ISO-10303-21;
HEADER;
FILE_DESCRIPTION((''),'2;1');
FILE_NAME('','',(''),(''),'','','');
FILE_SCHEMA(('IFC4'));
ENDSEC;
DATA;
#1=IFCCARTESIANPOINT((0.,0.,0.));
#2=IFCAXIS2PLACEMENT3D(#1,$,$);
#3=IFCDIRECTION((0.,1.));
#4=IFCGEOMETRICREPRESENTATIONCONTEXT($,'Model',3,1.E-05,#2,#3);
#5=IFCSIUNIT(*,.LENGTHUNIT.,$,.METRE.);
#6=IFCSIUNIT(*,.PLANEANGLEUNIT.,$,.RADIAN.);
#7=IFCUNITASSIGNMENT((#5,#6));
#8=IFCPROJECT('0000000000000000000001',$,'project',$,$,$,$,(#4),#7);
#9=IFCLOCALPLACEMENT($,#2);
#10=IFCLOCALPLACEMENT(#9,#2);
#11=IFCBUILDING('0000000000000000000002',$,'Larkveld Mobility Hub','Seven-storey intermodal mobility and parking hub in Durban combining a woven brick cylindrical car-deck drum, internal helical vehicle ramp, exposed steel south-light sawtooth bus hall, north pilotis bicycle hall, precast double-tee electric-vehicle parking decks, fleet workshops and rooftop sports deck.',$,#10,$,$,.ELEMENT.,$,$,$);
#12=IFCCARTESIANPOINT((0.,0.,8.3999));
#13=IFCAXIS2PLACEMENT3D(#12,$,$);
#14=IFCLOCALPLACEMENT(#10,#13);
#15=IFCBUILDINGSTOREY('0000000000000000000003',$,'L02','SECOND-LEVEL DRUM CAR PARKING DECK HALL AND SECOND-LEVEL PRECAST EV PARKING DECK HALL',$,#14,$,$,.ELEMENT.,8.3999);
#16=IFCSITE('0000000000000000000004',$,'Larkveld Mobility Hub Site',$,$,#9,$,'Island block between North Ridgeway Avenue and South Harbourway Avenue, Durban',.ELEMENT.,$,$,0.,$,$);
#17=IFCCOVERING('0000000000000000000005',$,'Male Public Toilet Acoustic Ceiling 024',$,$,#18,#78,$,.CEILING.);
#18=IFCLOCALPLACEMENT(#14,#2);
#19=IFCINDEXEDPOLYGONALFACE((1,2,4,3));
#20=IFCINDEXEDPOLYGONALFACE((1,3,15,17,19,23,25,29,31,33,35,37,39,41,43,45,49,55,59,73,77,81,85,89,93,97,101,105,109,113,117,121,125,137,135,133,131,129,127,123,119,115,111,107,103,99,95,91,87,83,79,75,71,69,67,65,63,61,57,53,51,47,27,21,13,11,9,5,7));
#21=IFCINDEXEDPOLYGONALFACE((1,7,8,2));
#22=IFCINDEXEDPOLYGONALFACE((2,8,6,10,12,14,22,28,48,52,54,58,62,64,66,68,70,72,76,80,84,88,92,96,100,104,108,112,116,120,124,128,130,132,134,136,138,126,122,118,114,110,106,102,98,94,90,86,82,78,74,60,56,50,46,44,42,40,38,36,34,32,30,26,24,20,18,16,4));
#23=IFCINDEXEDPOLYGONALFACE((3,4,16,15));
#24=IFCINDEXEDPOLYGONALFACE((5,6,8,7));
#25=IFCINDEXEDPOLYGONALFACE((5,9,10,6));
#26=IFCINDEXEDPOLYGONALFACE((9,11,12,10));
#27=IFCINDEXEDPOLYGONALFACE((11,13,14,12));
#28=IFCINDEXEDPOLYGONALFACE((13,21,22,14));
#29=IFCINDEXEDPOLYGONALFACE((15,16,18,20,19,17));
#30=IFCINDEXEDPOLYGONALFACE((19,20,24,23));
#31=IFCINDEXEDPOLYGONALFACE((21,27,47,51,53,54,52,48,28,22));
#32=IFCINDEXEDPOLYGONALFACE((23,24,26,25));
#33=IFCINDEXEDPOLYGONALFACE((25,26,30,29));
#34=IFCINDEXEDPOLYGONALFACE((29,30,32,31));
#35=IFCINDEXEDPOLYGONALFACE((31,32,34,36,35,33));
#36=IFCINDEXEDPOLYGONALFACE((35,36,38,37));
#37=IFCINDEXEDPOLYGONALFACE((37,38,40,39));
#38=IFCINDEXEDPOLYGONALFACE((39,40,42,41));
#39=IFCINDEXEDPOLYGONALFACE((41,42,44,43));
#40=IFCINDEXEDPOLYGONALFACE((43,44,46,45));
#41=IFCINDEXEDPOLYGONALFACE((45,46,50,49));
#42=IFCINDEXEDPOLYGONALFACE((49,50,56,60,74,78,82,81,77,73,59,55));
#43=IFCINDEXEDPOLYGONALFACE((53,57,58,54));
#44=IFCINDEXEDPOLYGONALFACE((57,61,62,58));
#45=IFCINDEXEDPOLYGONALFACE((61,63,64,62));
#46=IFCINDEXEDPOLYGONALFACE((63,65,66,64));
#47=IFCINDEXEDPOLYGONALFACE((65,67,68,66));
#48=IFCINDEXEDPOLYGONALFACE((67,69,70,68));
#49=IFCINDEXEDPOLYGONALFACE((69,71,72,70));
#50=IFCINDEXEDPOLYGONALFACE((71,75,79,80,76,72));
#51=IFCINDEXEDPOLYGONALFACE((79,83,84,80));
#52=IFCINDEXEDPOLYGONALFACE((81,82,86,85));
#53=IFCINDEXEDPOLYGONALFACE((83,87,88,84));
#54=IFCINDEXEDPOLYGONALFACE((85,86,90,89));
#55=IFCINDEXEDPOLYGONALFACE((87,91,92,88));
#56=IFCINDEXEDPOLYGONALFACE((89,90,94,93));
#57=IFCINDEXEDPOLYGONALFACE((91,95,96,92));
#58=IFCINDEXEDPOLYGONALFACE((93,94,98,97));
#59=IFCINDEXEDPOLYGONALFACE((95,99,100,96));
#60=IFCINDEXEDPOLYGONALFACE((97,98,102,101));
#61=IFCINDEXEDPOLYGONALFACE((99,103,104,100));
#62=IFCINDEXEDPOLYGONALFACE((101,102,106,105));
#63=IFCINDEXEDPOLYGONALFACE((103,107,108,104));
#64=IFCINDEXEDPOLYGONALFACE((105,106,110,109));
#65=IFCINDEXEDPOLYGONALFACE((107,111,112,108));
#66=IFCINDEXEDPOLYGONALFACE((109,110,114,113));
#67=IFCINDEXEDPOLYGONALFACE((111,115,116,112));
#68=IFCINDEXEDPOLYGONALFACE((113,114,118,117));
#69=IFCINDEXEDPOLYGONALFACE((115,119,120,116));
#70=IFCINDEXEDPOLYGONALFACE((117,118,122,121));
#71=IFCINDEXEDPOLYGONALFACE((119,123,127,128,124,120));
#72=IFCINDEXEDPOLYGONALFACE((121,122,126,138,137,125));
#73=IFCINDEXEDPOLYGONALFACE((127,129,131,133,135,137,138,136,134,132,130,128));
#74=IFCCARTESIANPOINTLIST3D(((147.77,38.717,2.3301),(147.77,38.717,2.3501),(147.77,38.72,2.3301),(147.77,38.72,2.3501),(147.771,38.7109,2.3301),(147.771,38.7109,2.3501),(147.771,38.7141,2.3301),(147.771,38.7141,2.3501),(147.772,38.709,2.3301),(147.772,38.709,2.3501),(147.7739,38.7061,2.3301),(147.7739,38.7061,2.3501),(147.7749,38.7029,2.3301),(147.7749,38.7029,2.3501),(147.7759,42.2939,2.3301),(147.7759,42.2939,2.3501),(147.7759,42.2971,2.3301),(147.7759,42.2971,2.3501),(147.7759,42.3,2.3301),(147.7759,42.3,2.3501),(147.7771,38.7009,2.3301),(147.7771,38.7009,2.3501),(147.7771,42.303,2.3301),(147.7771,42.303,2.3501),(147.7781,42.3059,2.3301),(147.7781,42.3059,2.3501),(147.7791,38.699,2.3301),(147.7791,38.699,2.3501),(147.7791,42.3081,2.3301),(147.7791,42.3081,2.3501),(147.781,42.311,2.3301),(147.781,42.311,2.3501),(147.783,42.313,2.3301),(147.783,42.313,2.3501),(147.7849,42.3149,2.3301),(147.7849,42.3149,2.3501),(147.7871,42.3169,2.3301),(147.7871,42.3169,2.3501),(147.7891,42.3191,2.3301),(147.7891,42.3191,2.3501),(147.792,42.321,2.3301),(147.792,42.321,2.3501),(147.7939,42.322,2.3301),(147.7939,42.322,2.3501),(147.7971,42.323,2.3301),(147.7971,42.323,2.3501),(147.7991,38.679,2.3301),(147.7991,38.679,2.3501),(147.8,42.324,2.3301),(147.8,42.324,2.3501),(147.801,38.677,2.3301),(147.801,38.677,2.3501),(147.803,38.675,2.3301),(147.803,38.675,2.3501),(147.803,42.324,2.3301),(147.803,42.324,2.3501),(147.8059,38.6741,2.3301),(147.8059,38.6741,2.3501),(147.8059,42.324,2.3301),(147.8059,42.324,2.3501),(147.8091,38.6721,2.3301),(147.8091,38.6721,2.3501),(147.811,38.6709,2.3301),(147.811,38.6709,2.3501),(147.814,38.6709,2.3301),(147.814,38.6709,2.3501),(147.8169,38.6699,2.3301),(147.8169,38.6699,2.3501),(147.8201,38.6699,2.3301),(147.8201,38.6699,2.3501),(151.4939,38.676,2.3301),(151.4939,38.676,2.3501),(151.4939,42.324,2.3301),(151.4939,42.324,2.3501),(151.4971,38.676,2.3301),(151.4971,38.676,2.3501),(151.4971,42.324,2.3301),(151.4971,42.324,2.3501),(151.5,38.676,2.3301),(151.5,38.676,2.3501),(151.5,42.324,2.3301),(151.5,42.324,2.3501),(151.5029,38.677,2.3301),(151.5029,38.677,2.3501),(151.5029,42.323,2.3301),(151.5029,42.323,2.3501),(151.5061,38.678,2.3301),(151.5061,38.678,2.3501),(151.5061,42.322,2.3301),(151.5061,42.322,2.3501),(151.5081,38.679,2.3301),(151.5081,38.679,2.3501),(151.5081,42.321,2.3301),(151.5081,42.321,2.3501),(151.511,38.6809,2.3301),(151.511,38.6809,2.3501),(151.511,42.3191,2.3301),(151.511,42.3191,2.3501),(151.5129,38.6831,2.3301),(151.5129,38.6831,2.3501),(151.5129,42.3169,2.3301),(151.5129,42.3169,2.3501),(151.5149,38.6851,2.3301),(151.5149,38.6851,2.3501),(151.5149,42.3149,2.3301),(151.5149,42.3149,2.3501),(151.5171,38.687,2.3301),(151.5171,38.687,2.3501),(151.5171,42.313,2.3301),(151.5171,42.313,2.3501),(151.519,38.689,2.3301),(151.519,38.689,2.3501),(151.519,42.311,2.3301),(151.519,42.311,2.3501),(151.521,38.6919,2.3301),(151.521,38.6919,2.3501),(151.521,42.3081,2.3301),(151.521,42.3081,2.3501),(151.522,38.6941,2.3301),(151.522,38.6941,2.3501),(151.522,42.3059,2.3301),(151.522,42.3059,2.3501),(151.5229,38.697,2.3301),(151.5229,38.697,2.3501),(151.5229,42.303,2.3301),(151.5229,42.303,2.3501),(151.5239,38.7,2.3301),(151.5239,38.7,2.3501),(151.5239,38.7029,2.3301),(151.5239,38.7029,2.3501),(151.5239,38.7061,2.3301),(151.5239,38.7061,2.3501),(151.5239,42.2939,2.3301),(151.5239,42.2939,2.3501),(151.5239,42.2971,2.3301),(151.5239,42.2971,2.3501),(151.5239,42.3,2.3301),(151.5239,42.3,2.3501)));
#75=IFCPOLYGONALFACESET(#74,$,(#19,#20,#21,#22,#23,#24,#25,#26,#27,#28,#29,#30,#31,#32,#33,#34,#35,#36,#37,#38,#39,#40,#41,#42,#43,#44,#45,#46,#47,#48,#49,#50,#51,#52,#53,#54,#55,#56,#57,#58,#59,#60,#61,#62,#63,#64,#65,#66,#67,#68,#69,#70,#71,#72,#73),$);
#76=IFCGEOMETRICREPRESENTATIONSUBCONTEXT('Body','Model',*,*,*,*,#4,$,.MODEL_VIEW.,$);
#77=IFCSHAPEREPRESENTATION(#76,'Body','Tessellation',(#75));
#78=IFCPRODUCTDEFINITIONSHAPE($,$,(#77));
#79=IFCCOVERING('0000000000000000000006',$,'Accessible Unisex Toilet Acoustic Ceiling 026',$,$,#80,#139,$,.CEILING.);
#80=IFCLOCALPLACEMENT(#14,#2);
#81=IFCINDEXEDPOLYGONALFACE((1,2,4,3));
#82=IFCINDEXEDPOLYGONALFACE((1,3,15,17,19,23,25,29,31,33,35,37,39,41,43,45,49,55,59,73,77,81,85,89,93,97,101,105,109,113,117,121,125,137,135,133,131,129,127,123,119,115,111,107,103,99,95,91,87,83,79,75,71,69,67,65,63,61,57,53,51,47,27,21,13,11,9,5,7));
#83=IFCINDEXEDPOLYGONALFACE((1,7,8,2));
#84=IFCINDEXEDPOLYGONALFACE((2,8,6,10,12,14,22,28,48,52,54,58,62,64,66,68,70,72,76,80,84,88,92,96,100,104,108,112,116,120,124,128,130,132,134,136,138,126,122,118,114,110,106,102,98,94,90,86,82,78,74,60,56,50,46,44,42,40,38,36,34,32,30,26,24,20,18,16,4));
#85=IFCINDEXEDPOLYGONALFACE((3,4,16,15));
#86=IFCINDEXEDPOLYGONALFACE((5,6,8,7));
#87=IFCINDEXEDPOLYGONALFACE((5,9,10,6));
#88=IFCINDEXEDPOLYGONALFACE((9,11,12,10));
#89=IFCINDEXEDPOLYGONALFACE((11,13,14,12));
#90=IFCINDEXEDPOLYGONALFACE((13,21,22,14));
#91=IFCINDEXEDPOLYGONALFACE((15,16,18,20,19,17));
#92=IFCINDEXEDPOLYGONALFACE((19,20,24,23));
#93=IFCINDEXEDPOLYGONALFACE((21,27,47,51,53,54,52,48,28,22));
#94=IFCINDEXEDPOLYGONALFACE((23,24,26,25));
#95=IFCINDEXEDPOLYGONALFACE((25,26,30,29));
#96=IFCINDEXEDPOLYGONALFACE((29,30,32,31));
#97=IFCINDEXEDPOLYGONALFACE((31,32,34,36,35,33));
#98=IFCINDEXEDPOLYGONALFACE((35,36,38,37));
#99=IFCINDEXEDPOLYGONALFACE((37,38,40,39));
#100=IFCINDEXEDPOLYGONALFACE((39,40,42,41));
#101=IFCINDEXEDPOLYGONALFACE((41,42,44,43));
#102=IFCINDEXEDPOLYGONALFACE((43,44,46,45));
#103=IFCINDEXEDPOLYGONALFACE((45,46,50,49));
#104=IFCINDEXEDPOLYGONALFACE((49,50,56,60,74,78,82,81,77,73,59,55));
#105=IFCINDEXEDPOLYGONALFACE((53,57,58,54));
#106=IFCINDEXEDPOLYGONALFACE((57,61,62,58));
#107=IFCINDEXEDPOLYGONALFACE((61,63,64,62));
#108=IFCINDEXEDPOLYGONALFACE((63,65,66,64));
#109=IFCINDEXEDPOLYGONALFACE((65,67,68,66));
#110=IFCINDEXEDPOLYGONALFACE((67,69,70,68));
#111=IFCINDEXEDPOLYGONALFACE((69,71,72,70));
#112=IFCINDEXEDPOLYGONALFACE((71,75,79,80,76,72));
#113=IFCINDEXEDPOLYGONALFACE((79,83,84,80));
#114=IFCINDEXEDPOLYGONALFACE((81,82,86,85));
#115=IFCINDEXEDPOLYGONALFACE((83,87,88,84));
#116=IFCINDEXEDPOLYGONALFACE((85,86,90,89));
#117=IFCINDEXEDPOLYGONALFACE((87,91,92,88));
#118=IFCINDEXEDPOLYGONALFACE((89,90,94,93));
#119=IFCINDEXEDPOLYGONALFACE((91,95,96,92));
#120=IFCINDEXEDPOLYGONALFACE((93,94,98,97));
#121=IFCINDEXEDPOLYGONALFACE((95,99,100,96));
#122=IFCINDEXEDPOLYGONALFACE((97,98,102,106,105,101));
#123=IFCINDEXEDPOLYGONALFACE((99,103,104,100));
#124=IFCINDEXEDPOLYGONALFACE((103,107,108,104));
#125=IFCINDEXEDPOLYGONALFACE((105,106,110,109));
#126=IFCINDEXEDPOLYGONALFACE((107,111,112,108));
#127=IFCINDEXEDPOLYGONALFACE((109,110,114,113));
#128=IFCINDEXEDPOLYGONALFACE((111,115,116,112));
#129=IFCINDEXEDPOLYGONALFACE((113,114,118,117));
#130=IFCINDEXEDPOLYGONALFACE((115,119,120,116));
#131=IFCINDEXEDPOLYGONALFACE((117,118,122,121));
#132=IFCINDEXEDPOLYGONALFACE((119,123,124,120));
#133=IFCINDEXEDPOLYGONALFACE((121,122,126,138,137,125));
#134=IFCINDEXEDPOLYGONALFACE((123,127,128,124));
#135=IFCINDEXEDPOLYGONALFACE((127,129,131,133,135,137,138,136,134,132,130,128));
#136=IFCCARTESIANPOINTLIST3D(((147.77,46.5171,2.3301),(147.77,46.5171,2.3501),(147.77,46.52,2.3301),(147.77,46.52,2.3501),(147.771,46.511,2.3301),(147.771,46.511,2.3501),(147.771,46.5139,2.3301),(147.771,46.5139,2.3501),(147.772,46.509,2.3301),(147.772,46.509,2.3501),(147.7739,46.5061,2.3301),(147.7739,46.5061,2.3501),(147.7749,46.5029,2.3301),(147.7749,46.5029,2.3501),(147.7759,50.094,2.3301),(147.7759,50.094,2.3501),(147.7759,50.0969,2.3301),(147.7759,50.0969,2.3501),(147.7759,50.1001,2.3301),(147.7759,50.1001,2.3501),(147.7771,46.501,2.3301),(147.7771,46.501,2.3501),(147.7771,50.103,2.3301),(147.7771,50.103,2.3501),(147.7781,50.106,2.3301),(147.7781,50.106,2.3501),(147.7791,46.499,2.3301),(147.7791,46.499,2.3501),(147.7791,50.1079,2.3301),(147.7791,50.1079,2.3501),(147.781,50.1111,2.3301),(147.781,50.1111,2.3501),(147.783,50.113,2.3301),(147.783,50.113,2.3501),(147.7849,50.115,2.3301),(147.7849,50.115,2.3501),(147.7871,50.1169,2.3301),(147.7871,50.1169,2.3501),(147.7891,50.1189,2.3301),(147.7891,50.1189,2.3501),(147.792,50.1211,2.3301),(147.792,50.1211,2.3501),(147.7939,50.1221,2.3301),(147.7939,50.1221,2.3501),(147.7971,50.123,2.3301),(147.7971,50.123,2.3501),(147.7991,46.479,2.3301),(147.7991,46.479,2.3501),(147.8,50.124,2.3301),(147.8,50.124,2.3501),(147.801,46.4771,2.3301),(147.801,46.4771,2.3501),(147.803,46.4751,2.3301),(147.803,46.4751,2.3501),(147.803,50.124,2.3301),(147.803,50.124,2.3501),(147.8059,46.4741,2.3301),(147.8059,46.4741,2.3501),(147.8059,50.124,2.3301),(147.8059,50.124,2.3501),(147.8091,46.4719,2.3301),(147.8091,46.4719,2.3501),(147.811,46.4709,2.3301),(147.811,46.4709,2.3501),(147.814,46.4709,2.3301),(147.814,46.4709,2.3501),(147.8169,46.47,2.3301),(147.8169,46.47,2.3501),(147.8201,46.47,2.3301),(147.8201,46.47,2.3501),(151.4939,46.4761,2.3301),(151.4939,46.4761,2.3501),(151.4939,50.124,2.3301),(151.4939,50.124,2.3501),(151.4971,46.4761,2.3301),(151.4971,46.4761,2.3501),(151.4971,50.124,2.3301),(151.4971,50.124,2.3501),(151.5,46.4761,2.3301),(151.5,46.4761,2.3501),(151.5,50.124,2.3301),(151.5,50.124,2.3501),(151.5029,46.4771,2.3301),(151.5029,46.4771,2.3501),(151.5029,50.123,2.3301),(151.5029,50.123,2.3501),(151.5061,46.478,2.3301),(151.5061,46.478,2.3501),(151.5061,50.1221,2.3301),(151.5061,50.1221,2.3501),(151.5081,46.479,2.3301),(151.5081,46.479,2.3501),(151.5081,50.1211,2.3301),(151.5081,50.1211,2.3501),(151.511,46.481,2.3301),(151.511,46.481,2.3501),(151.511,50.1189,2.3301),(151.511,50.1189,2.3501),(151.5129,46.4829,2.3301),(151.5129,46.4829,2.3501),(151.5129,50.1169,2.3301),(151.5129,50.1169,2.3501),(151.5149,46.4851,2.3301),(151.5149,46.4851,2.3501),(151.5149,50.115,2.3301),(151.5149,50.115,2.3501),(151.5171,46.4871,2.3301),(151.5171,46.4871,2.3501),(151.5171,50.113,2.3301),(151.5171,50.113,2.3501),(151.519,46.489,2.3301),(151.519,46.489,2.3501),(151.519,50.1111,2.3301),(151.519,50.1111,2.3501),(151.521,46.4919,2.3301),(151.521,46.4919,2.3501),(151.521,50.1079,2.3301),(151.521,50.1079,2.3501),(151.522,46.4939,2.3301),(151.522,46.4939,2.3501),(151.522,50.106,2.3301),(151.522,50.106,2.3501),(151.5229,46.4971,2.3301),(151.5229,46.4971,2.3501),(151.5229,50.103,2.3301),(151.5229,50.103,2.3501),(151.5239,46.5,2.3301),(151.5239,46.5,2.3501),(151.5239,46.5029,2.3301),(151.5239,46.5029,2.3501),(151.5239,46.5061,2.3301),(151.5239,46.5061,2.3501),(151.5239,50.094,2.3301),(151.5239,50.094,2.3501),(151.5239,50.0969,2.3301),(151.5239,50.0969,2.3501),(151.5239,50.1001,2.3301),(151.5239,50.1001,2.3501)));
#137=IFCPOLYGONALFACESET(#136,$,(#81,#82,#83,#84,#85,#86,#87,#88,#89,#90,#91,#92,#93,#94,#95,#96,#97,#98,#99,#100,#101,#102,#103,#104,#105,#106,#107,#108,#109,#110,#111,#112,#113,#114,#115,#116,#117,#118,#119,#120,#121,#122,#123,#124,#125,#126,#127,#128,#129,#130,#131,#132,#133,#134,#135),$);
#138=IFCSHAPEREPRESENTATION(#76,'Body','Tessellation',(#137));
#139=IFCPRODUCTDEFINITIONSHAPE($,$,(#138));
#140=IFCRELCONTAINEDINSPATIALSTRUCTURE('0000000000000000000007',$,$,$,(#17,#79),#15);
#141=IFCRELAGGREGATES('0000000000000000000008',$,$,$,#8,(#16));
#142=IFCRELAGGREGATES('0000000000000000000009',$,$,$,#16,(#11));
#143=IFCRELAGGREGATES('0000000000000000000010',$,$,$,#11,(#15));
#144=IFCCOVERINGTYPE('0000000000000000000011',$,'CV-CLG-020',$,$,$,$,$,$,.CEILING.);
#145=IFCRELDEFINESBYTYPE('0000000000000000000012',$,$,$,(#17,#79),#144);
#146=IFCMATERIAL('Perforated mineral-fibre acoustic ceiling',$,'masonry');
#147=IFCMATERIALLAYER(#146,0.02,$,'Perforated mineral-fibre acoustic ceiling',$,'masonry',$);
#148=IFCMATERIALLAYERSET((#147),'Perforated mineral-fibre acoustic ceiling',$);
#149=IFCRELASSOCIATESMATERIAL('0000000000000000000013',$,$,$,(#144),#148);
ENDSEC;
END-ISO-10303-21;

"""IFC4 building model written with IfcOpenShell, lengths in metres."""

from ifc_helpers import new_model, si_unit, direction, frame, origin, place, context, subcontext, project, spatial, polyline, outline, extrude, material, layer, layer_set, type_object, element, save


model = new_model("IFC4")

# Units and contexts
model_context = context("Model", 3, precision=1e-05, world=origin(), true_north=direction((0.0, 1.0)))
body_context = subcontext(model_context, "Body", "Model", "MODEL_VIEW")
ifc_project = project(units=[si_unit("LENGTHUNIT", "METRE"), si_unit("PLANEANGLEUNIT", "RADIAN")], contexts=[model_context])

# Site, building, storey
site_placement = place(None, origin())
site = spatial("IfcSite", under=ifc_project, at=site_placement, Name="Larkveld Mobility Hub Site", LongName="Island block between North Ridgeway Avenue and South Harbourway Avenue, Durban", CompositionType="ELEMENT", RefElevation=0.0)
building_placement = place(site_placement, origin())
building = spatial("IfcBuilding", under=site, at=building_placement, Name="Larkveld Mobility Hub", Description="Seven-storey intermodal mobility and parking hub in Durban combining a woven brick cylindrical car-deck drum, internal helical vehicle ramp, exposed steel south-light sawtooth bus hall, north pilotis bicycle hall, precast double-tee electric-vehicle parking decks, fleet workshops and rooftop sports deck.", CompositionType="ELEMENT")
storey_placement = place(building_placement, frame((0.0, 0.0, 8.3999)))
storey = spatial("IfcBuildingStorey", under=building, at=storey_placement, Name="L02", Description="SECOND-LEVEL DRUM CAR PARKING DECK HALL AND SECOND-LEVEL PRECAST EV PARKING DECK HALL", CompositionType="ELEMENT", Elevation=8.3999)

# Coverings
ifc_material_1 = material(Name="Perforated mineral-fibre acoustic ceiling", Category="masonry")
ifc_layer_1 = layer(ifc_material_1, 0.02, Name="Perforated mineral-fibre acoustic ceiling", Category="masonry")
ifc_layer_set_1 = layer_set([ifc_layer_1], Name="Perforated mineral-fibre acoustic ceiling")
covering_type_1 = type_object("IfcCoveringType", Name="CV-CLG-020", PredefinedType="CEILING", material=ifc_layer_set_1)
covering_1_placement = place(storey_placement, frame((0.0, 0.0, 2.3301)))
element("IfcCovering", 1, at=covering_1_placement, inside=storey, type_object=covering_type_1, Name="Male Public Toilet Acoustic Ceiling 024", PredefinedType="CEILING", context=body_context, shape_type="SweptSolid", body=[
    extrude(outline(polyline([(147.8201, 38.6699), (147.8169, 38.6699), (147.814, 38.6709), (147.811, 38.6709), (147.8091, 38.6721), (147.8059, 38.6741), (147.803, 38.675), (147.801, 38.677), (147.7991, 38.679), (147.7791, 38.699), (147.7771, 38.7009), (147.7749, 38.7029), (147.7739, 38.7061), (147.772, 38.709), (147.771, 38.7109), (147.771, 38.7141), (147.77, 38.717), (147.77, 38.72), (147.7759, 42.2939), (147.7759, 42.2971), (147.7759, 42.3), (147.7771, 42.303), (147.7781, 42.3059), (147.7791, 42.3081), (147.781, 42.311), (147.783, 42.313), (147.7849, 42.3149), (147.7871, 42.3169), (147.7891, 42.3191), (147.792, 42.321), (147.7939, 42.322), (147.7971, 42.323), (147.8, 42.324), (147.803, 42.324), (147.8059, 42.324), (151.4939, 42.324), (151.4971, 42.324), (151.5, 42.324), (151.5029, 42.323), (151.5061, 42.322), (151.5081, 42.321), (151.511, 42.3191), (151.5129, 42.3169), (151.5149, 42.3149), (151.5171, 42.313), (151.519, 42.311), (151.521, 42.3081), (151.522, 42.3059), (151.5229, 42.303), (151.5239, 42.3), (151.5239, 42.2971), (151.5239, 42.2939), (151.5239, 38.7061), (151.5239, 38.7029), (151.5239, 38.7), (151.5229, 38.697), (151.522, 38.6941), (151.521, 38.6919), (151.519, 38.689), (151.5171, 38.687), (151.5149, 38.6851), (151.5129, 38.6831), (151.511, 38.6809), (151.5081, 38.679), (151.5061, 38.678), (151.5029, 38.677), (151.5, 38.676), (151.4971, 38.676), (151.4939, 38.676), (147.8201, 38.6699)])), origin(), (0.0, 0.0, 1.0), 0.02),
])
covering_2_placement = place(storey_placement, frame((0.0, 0.0, 2.3301)))
element("IfcCovering", 2, at=covering_2_placement, inside=storey, type_object=covering_type_1, Name="Accessible Unisex Toilet Acoustic Ceiling 026", PredefinedType="CEILING", context=body_context, shape_type="SweptSolid", body=[
    extrude(outline(polyline([(147.8201, 46.47), (147.8169, 46.47), (147.814, 46.4709), (147.811, 46.4709), (147.8091, 46.4719), (147.8059, 46.4741), (147.803, 46.4751), (147.801, 46.4771), (147.7991, 46.479), (147.7791, 46.499), (147.7771, 46.501), (147.7749, 46.5029), (147.7739, 46.5061), (147.772, 46.509), (147.771, 46.511), (147.771, 46.5139), (147.77, 46.5171), (147.77, 46.52), (147.7759, 50.094), (147.7759, 50.0969), (147.7759, 50.1001), (147.7771, 50.103), (147.7781, 50.106), (147.7791, 50.1079), (147.781, 50.1111), (147.783, 50.113), (147.7849, 50.115), (147.7871, 50.1169), (147.7891, 50.1189), (147.792, 50.1211), (147.7939, 50.1221), (147.7971, 50.123), (147.8, 50.124), (147.803, 50.124), (147.8059, 50.124), (151.4939, 50.124), (151.4971, 50.124), (151.5, 50.124), (151.5029, 50.123), (151.5061, 50.1221), (151.5081, 50.1211), (151.511, 50.1189), (151.5129, 50.1169), (151.5149, 50.115), (151.5171, 50.113), (151.519, 50.1111), (151.521, 50.1079), (151.522, 50.106), (151.5229, 50.103), (151.5239, 50.1001), (151.5239, 50.0969), (151.5239, 50.094), (151.5239, 46.5061), (151.5239, 46.5029), (151.5239, 46.5), (151.5229, 46.4971), (151.522, 46.4939), (151.521, 46.4919), (151.519, 46.489), (151.5171, 46.4871), (151.5149, 46.4851), (151.5129, 46.4829), (151.511, 46.481), (151.5081, 46.479), (151.5061, 46.478), (151.5029, 46.4771), (151.5, 46.4761), (151.4971, 46.4761), (151.4939, 46.4761), (147.8201, 46.47)])), origin(), (0.0, 0.0, 1.0), 0.02),
])

save(model, "model.ifc")
